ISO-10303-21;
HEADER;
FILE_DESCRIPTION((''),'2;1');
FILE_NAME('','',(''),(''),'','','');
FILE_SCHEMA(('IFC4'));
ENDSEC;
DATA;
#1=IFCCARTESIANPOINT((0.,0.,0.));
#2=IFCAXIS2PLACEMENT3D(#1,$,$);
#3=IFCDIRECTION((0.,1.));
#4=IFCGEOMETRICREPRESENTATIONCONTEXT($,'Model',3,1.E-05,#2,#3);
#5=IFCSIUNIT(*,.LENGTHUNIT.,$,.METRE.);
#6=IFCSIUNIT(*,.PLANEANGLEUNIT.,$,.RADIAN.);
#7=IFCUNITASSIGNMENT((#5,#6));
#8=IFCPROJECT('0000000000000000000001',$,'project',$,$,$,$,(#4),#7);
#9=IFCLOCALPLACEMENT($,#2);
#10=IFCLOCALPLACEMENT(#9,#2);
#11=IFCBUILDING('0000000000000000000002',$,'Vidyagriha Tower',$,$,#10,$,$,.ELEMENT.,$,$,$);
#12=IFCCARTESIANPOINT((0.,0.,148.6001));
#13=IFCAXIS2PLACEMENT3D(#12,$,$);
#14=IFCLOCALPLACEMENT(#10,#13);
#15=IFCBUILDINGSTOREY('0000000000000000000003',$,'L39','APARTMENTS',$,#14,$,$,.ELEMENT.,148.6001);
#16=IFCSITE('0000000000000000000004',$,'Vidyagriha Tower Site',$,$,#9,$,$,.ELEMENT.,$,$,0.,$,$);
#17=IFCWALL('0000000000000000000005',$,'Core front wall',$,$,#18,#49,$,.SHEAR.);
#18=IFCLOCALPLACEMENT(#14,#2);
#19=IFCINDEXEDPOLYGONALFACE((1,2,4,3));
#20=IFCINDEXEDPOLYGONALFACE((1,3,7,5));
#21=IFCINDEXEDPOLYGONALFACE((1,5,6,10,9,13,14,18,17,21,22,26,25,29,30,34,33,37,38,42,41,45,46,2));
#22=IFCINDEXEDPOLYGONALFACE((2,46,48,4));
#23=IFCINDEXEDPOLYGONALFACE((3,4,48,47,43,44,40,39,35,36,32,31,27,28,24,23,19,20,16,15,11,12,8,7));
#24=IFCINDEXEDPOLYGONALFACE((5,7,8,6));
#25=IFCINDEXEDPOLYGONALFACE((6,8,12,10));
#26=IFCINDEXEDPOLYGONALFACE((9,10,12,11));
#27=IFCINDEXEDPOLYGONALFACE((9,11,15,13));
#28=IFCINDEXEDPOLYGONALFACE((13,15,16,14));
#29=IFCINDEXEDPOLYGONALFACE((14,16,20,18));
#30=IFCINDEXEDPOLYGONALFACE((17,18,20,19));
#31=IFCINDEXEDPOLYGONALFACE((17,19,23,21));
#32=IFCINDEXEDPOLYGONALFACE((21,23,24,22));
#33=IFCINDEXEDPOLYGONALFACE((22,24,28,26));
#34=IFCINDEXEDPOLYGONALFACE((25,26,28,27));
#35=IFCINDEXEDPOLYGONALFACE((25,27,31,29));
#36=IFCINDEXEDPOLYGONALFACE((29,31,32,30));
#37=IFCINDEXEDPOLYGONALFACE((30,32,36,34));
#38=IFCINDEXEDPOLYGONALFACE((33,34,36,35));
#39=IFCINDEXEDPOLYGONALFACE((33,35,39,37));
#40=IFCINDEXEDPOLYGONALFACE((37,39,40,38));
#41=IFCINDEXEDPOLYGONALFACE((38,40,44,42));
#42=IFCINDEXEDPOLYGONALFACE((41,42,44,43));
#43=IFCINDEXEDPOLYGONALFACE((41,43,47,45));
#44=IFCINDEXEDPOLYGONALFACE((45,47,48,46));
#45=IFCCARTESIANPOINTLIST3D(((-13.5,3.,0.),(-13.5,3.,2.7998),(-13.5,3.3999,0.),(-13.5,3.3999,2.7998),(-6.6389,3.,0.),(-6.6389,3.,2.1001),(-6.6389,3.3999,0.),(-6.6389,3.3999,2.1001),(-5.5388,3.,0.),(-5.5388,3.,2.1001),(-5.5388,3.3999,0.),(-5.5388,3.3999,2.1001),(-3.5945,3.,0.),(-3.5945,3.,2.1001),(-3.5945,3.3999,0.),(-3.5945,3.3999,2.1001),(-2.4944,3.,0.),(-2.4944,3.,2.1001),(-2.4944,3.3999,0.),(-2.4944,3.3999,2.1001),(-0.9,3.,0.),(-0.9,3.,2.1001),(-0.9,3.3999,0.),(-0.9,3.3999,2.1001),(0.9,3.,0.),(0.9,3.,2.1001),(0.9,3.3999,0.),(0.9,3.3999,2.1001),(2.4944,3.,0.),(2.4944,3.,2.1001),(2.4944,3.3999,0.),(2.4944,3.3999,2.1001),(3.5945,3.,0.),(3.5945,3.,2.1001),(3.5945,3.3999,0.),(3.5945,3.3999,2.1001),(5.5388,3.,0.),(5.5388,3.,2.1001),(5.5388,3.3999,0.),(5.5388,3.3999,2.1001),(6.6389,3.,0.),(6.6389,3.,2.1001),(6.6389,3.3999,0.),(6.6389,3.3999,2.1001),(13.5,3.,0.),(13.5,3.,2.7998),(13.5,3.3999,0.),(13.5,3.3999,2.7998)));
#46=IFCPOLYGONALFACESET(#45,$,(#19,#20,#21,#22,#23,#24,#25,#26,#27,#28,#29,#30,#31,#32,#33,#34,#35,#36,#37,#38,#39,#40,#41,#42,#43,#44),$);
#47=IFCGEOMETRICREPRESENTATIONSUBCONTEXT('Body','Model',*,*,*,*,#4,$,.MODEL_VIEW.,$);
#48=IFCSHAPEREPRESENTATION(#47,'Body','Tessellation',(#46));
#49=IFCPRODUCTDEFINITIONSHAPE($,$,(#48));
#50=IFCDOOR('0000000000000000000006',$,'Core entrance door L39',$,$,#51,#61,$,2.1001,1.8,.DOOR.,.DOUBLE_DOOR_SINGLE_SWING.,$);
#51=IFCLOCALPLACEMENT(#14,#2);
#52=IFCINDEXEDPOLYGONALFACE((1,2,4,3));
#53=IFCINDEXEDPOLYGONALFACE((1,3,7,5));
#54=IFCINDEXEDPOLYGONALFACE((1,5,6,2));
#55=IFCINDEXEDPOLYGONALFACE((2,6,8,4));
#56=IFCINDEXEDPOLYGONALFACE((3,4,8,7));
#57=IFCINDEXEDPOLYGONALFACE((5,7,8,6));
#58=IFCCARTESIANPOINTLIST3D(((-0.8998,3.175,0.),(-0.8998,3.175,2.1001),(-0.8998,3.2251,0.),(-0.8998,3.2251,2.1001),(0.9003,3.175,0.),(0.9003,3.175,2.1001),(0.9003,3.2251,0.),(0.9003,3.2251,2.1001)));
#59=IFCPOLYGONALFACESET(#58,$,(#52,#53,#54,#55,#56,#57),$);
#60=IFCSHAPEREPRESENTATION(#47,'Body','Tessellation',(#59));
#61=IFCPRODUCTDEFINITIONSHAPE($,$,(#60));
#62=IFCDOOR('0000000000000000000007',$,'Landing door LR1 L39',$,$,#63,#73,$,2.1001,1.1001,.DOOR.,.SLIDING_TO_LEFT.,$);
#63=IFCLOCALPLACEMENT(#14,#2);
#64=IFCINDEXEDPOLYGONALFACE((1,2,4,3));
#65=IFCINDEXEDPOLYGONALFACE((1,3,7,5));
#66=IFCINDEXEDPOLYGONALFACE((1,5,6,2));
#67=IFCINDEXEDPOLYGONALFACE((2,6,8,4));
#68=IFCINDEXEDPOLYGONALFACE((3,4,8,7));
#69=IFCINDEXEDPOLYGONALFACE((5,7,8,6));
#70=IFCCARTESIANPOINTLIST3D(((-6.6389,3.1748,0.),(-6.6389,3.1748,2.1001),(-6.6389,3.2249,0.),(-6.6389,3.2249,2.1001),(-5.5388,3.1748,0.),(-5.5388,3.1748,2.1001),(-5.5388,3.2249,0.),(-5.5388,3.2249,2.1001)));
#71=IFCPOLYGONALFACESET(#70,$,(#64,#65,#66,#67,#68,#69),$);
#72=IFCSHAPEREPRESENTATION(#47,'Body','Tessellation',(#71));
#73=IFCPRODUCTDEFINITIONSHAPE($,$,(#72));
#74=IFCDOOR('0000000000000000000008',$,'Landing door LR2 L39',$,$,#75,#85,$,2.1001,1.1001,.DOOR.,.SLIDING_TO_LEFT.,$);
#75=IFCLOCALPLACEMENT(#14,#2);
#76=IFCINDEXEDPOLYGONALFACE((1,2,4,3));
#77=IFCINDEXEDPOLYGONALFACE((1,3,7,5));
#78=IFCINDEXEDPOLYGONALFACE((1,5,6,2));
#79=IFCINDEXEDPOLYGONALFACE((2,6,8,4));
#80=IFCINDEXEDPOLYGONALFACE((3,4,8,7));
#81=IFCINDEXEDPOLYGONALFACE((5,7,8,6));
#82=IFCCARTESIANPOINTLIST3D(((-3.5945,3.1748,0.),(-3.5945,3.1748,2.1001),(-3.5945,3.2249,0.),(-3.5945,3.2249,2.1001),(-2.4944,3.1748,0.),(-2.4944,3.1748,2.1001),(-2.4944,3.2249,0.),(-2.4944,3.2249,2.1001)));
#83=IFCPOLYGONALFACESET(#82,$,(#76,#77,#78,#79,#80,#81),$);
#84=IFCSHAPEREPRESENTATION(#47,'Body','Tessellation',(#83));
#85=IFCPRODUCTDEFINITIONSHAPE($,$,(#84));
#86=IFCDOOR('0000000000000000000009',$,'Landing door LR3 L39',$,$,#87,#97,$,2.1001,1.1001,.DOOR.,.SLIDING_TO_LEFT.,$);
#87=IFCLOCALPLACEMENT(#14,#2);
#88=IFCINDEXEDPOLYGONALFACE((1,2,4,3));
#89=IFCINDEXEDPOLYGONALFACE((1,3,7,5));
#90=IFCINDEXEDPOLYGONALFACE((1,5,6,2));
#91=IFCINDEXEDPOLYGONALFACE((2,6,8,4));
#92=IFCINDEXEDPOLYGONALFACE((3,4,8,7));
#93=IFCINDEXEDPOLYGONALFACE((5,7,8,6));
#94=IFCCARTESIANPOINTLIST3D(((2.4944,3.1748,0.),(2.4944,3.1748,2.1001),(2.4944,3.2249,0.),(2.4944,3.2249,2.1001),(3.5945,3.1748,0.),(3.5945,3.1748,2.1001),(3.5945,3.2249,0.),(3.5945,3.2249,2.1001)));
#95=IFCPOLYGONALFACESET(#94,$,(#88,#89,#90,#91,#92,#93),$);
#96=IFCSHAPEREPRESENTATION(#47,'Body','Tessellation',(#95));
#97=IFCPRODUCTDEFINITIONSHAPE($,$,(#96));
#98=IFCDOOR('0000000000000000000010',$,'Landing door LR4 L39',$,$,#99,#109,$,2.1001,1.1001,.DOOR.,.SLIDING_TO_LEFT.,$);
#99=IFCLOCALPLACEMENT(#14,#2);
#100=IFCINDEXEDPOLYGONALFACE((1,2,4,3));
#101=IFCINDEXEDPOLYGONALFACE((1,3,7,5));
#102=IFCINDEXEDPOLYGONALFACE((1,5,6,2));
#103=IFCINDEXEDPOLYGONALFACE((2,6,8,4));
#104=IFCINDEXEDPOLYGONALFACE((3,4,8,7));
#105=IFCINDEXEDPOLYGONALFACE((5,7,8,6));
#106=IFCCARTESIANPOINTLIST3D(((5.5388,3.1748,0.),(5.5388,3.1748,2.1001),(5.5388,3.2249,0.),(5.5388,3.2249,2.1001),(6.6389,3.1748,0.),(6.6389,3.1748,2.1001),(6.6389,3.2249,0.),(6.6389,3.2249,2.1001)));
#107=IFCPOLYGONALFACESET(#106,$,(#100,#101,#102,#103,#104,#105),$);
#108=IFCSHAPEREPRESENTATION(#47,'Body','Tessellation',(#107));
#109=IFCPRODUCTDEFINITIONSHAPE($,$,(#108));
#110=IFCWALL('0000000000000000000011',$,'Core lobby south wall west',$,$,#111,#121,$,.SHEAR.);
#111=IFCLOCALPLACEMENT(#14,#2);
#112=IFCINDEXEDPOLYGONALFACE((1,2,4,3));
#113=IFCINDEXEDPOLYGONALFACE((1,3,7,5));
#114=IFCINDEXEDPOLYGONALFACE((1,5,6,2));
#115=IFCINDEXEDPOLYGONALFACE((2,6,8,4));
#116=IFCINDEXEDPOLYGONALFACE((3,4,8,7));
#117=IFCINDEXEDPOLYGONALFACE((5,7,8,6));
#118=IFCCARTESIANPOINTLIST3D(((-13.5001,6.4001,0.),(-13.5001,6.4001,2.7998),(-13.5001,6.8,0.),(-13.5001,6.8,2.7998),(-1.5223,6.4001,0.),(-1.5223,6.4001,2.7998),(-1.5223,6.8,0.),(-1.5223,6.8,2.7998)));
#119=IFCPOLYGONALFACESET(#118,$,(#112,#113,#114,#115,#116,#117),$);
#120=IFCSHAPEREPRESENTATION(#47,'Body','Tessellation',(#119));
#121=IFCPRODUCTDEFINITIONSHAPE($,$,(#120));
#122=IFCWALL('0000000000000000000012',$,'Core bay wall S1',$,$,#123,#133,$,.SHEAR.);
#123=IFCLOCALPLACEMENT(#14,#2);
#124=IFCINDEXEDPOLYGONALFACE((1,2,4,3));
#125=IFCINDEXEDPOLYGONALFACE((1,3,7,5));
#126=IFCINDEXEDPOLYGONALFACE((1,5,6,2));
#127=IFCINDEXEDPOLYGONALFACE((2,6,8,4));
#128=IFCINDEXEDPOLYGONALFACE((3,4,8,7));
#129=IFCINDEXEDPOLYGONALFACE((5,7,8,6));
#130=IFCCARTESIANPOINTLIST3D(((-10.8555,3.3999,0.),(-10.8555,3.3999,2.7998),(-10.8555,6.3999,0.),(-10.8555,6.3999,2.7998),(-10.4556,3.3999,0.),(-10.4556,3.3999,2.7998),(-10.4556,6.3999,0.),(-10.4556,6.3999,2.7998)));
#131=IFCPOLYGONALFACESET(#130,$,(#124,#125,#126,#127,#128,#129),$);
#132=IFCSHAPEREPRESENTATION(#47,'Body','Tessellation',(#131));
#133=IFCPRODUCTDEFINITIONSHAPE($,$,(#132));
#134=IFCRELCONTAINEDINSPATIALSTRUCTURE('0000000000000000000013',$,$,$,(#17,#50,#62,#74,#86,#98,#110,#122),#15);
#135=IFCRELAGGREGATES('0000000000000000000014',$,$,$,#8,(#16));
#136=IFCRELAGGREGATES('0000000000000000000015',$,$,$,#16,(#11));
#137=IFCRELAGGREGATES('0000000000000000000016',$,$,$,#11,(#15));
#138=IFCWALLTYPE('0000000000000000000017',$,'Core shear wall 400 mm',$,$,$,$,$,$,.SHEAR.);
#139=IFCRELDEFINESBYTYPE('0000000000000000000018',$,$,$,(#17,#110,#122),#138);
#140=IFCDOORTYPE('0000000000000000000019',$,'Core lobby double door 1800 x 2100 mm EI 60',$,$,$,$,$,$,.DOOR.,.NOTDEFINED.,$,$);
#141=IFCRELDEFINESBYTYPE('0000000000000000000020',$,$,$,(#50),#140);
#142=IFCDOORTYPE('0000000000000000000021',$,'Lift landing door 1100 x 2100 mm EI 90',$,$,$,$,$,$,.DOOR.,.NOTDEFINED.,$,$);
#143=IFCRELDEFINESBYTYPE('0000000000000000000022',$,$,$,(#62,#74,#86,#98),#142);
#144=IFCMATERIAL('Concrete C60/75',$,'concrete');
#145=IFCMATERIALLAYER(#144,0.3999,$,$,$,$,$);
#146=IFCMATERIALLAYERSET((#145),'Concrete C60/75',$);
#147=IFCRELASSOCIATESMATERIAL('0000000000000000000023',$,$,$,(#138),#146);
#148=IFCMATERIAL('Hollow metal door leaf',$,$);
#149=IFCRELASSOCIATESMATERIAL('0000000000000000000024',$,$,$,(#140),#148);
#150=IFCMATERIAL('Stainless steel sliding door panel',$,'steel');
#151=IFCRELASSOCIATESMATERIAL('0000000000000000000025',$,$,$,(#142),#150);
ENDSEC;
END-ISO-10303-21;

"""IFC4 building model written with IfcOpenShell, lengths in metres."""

from ifc_helpers import new_model, si_unit, direction, frame, frame_2d, origin, place, context, subcontext, project, spatial, rectangle, extrude, material, layer, layer_set, type_object, element, fill, save


model = new_model("IFC4")

# Units and contexts
model_context = context("Model", 3, precision=1e-05, world=origin(), true_north=direction((0.0, 1.0)))
body_context = subcontext(model_context, "Body", "Model", "MODEL_VIEW")
ifc_project = project(units=[si_unit("LENGTHUNIT", "METRE"), si_unit("PLANEANGLEUNIT", "RADIAN")], contexts=[model_context])

# Site, building, storey
site_placement = place(None, origin())
site = spatial("IfcSite", under=ifc_project, at=site_placement, Name="Vidyagriha Tower Site", CompositionType="ELEMENT", RefElevation=0.0)
building_placement = place(site_placement, origin())
building = spatial("IfcBuilding", under=site, at=building_placement, Name="Vidyagriha Tower", CompositionType="ELEMENT")
storey_placement = place(building_placement, frame((0.0, 0.0, 148.6001)))
storey = spatial("IfcBuildingStorey", under=building, at=storey_placement, Name="L39", Description="APARTMENTS", CompositionType="ELEMENT", Elevation=148.6001)

# Wall, openings, doors
ifc_material_1 = material(Name="Concrete C60/75", Category="concrete")
ifc_layer_1 = layer(ifc_material_1, 0.3999)
ifc_layer_set_1 = layer_set([ifc_layer_1], Name="Concrete C60/75")
wall_type_1 = type_object("IfcWallType", Name="Core shear wall 400 mm", PredefinedType="SHEAR", material=ifc_layer_set_1)
wall_1_placement = place(storey_placement, frame((-13.5, 3.2, 0.0)))
wall_1 = element("IfcWall", 1, at=wall_1_placement, inside=storey, type_object=wall_type_1, Name="Core front wall", PredefinedType="SHEAR", context=body_context, shape_type="SweptSolid", body=[
    extrude(rectangle(XDim=27.0, YDim=0.3999, at=frame_2d((13.5, 0.0))), origin(), (0.0, 0.0, 1.0), 2.7998),
])
opening_1_placement = place(wall_1_placement, frame((6.8611, 0.0, 0.0)))
opening_1 = element("IfcOpeningElement", 2, at=opening_1_placement, cuts=wall_1, PredefinedType="OPENING", context=body_context, shape_type="SweptSolid", body=[
    extrude(rectangle(XDim=1.1001, YDim=2.1001, at=frame_2d((0.55, 1.05))), frame((0.0, 0.21, 0.0), z_axis=(0.0, -1.0, 0.0), x_axis=(1.0, 0.0, 0.0)), (0.0, 0.0, 1.0), 0.4199),
])
opening_2_placement = place(wall_1_placement, frame((9.9055, 0.0, 0.0)))
opening_2 = element("IfcOpeningElement", 3, at=opening_2_placement, cuts=wall_1, PredefinedType="OPENING", context=body_context, shape_type="SweptSolid", body=[
    extrude(rectangle(XDim=1.1001, YDim=2.1001, at=frame_2d((0.55, 1.05))), frame((0.0, 0.21, 0.0), z_axis=(0.0, -1.0, 0.0), x_axis=(1.0, 0.0, 0.0)), (0.0, 0.0, 1.0), 0.4199),
])
opening_3_placement = place(wall_1_placement, frame((15.9944, 0.0, 0.0)))
opening_3 = element("IfcOpeningElement", 4, at=opening_3_placement, cuts=wall_1, PredefinedType="OPENING", context=body_context, shape_type="SweptSolid", body=[
    extrude(rectangle(XDim=1.1001, YDim=2.1001, at=frame_2d((0.55, 1.05))), frame((0.0, 0.21, 0.0), z_axis=(0.0, -1.0, 0.0), x_axis=(1.0, 0.0, 0.0)), (0.0, 0.0, 1.0), 0.4199),
])
opening_4_placement = place(wall_1_placement, frame((19.0388, 0.0, 0.0)))
opening_4 = element("IfcOpeningElement", 5, at=opening_4_placement, cuts=wall_1, PredefinedType="OPENING", context=body_context, shape_type="SweptSolid", body=[
    extrude(rectangle(XDim=1.1001, YDim=2.1001, at=frame_2d((0.55, 1.05))), frame((0.0, 0.21, 0.0), z_axis=(0.0, -1.0, 0.0), x_axis=(1.0, 0.0, 0.0)), (0.0, 0.0, 1.0), 0.4199),
])
opening_5_placement = place(wall_1_placement, frame((12.6001, 0.0, 0.0)))
opening_5 = element("IfcOpeningElement", 6, at=opening_5_placement, cuts=wall_1, PredefinedType="OPENING", context=body_context, shape_type="SweptSolid", body=[
    extrude(rectangle(XDim=1.8, YDim=2.1001, at=frame_2d((0.8999, 1.05))), frame((0.0, 0.21, 0.0), z_axis=(0.0, -1.0, 0.0), x_axis=(1.0, 0.0, 0.0)), (0.0, 0.0, 1.0), 0.4199),
])
ifc_material_2 = material(Name="Hollow metal door leaf")
door_type_1 = type_object("IfcDoorType", Name="Core lobby double door 1800 x 2100 mm EI 60", OperationType="NOTDEFINED", PredefinedType="DOOR", material=ifc_material_2)
door_1_placement = place(opening_5_placement, frame((1.8, 0.0, 0.0), z_axis=(0.0, 0.0, 1.0), x_axis=(-1.0, 0.0, 0.0)))
door_1 = element("IfcDoor", 7, at=door_1_placement, inside=storey, type_object=door_type_1, Name="Core entrance door L39", OperationType="DOUBLE_DOOR_SINGLE_SWING", OverallHeight=2.1001, OverallWidth=1.8, PredefinedType="DOOR", context=body_context, shape_type="SweptSolid", body=[
    extrude(rectangle(XDim=1.8, YDim=2.1001, at=frame_2d((0.8999, 1.05))), frame((0.0, 0.0249, 0.0), z_axis=(0.0, -1.0, 0.0), x_axis=(1.0, 0.0, 0.0)), (0.0, 0.0, 1.0), 0.05),
])
fill(opening_5, door_1)
ifc_material_3 = material(Name="Stainless steel sliding door panel", Category="steel")
door_type_2 = type_object("IfcDoorType", Name="Lift landing door 1100 x 2100 mm EI 90", OperationType="NOTDEFINED", PredefinedType="DOOR", material=ifc_material_3)
door_2_placement = place(opening_1_placement, origin())
door_2 = element("IfcDoor", 8, at=door_2_placement, inside=storey, type_object=door_type_2, Name="Landing door LR1 L39", OperationType="SLIDING_TO_LEFT", OverallHeight=2.1001, OverallWidth=1.1001, PredefinedType="DOOR", context=body_context, shape_type="SweptSolid", body=[
    extrude(rectangle(XDim=1.1001, YDim=2.1001, at=frame_2d((0.55, 1.05))), frame((0.0, 0.0249, 0.0), z_axis=(0.0, -1.0, 0.0), x_axis=(1.0, 0.0, 0.0)), (0.0, 0.0, 1.0), 0.05),
])
fill(opening_1, door_2)
door_3_placement = place(opening_2_placement, origin())
door_3 = element("IfcDoor", 9, at=door_3_placement, inside=storey, type_object=door_type_2, Name="Landing door LR2 L39", OperationType="SLIDING_TO_LEFT", OverallHeight=2.1001, OverallWidth=1.1001, PredefinedType="DOOR", context=body_context, shape_type="SweptSolid", body=[
    extrude(rectangle(XDim=1.1001, YDim=2.1001, at=frame_2d((0.55, 1.05))), frame((0.0, 0.0249, 0.0), z_axis=(0.0, -1.0, 0.0), x_axis=(1.0, 0.0, 0.0)), (0.0, 0.0, 1.0), 0.05),
])
fill(opening_2, door_3)
door_4_placement = place(opening_3_placement, origin())
door_4 = element("IfcDoor", 10, at=door_4_placement, inside=storey, type_object=door_type_2, Name="Landing door LR3 L39", OperationType="SLIDING_TO_LEFT", OverallHeight=2.1001, OverallWidth=1.1001, PredefinedType="DOOR", context=body_context, shape_type="SweptSolid", body=[
    extrude(rectangle(XDim=1.1001, YDim=2.1001, at=frame_2d((0.55, 1.05))), frame((0.0, 0.0249, 0.0), z_axis=(0.0, -1.0, 0.0), x_axis=(1.0, 0.0, 0.0)), (0.0, 0.0, 1.0), 0.05),
])
fill(opening_3, door_4)
door_5_placement = place(opening_4_placement, origin())
door_5 = element("IfcDoor", 11, at=door_5_placement, inside=storey, type_object=door_type_2, Name="Landing door LR4 L39", OperationType="SLIDING_TO_LEFT", OverallHeight=2.1001, OverallWidth=1.1001, PredefinedType="DOOR", context=body_context, shape_type="SweptSolid", body=[
    extrude(rectangle(XDim=1.1001, YDim=2.1001, at=frame_2d((0.55, 1.05))), frame((0.0, 0.0249, 0.0), z_axis=(0.0, -1.0, 0.0), x_axis=(1.0, 0.0, 0.0)), (0.0, 0.0, 1.0), 0.05),
])
fill(opening_4, door_5)

# Walls
wall_2_placement = place(storey_placement, frame((-13.5, 6.6001, 0.0)))
element("IfcWall", 12, at=wall_2_placement, inside=storey, type_object=wall_type_1, Name="Core lobby south wall west", PredefinedType="SHEAR", context=body_context, shape_type="SweptSolid", body=[
    extrude(rectangle(XDim=11.9778, YDim=0.3999, at=frame_2d((5.9888, 0.0))), origin(), (0.0, 0.0, 1.0), 2.7998),
])
wall_3_placement = place(storey_placement, frame((-10.6555, 3.3999, 0.0), z_axis=(0.0, 0.0, 1.0), x_axis=(0.0, 1.0, 0.0)))
element("IfcWall", 13, at=wall_3_placement, inside=storey, type_object=wall_type_1, Name="Core bay wall S1", PredefinedType="SHEAR", context=body_context, shape_type="SweptSolid", body=[
    extrude(rectangle(XDim=3.0, YDim=0.3999, at=frame_2d((1.5, 0.0))), origin(), (0.0, 0.0, 1.0), 2.7998),
])

save(model, "model.ifc")
